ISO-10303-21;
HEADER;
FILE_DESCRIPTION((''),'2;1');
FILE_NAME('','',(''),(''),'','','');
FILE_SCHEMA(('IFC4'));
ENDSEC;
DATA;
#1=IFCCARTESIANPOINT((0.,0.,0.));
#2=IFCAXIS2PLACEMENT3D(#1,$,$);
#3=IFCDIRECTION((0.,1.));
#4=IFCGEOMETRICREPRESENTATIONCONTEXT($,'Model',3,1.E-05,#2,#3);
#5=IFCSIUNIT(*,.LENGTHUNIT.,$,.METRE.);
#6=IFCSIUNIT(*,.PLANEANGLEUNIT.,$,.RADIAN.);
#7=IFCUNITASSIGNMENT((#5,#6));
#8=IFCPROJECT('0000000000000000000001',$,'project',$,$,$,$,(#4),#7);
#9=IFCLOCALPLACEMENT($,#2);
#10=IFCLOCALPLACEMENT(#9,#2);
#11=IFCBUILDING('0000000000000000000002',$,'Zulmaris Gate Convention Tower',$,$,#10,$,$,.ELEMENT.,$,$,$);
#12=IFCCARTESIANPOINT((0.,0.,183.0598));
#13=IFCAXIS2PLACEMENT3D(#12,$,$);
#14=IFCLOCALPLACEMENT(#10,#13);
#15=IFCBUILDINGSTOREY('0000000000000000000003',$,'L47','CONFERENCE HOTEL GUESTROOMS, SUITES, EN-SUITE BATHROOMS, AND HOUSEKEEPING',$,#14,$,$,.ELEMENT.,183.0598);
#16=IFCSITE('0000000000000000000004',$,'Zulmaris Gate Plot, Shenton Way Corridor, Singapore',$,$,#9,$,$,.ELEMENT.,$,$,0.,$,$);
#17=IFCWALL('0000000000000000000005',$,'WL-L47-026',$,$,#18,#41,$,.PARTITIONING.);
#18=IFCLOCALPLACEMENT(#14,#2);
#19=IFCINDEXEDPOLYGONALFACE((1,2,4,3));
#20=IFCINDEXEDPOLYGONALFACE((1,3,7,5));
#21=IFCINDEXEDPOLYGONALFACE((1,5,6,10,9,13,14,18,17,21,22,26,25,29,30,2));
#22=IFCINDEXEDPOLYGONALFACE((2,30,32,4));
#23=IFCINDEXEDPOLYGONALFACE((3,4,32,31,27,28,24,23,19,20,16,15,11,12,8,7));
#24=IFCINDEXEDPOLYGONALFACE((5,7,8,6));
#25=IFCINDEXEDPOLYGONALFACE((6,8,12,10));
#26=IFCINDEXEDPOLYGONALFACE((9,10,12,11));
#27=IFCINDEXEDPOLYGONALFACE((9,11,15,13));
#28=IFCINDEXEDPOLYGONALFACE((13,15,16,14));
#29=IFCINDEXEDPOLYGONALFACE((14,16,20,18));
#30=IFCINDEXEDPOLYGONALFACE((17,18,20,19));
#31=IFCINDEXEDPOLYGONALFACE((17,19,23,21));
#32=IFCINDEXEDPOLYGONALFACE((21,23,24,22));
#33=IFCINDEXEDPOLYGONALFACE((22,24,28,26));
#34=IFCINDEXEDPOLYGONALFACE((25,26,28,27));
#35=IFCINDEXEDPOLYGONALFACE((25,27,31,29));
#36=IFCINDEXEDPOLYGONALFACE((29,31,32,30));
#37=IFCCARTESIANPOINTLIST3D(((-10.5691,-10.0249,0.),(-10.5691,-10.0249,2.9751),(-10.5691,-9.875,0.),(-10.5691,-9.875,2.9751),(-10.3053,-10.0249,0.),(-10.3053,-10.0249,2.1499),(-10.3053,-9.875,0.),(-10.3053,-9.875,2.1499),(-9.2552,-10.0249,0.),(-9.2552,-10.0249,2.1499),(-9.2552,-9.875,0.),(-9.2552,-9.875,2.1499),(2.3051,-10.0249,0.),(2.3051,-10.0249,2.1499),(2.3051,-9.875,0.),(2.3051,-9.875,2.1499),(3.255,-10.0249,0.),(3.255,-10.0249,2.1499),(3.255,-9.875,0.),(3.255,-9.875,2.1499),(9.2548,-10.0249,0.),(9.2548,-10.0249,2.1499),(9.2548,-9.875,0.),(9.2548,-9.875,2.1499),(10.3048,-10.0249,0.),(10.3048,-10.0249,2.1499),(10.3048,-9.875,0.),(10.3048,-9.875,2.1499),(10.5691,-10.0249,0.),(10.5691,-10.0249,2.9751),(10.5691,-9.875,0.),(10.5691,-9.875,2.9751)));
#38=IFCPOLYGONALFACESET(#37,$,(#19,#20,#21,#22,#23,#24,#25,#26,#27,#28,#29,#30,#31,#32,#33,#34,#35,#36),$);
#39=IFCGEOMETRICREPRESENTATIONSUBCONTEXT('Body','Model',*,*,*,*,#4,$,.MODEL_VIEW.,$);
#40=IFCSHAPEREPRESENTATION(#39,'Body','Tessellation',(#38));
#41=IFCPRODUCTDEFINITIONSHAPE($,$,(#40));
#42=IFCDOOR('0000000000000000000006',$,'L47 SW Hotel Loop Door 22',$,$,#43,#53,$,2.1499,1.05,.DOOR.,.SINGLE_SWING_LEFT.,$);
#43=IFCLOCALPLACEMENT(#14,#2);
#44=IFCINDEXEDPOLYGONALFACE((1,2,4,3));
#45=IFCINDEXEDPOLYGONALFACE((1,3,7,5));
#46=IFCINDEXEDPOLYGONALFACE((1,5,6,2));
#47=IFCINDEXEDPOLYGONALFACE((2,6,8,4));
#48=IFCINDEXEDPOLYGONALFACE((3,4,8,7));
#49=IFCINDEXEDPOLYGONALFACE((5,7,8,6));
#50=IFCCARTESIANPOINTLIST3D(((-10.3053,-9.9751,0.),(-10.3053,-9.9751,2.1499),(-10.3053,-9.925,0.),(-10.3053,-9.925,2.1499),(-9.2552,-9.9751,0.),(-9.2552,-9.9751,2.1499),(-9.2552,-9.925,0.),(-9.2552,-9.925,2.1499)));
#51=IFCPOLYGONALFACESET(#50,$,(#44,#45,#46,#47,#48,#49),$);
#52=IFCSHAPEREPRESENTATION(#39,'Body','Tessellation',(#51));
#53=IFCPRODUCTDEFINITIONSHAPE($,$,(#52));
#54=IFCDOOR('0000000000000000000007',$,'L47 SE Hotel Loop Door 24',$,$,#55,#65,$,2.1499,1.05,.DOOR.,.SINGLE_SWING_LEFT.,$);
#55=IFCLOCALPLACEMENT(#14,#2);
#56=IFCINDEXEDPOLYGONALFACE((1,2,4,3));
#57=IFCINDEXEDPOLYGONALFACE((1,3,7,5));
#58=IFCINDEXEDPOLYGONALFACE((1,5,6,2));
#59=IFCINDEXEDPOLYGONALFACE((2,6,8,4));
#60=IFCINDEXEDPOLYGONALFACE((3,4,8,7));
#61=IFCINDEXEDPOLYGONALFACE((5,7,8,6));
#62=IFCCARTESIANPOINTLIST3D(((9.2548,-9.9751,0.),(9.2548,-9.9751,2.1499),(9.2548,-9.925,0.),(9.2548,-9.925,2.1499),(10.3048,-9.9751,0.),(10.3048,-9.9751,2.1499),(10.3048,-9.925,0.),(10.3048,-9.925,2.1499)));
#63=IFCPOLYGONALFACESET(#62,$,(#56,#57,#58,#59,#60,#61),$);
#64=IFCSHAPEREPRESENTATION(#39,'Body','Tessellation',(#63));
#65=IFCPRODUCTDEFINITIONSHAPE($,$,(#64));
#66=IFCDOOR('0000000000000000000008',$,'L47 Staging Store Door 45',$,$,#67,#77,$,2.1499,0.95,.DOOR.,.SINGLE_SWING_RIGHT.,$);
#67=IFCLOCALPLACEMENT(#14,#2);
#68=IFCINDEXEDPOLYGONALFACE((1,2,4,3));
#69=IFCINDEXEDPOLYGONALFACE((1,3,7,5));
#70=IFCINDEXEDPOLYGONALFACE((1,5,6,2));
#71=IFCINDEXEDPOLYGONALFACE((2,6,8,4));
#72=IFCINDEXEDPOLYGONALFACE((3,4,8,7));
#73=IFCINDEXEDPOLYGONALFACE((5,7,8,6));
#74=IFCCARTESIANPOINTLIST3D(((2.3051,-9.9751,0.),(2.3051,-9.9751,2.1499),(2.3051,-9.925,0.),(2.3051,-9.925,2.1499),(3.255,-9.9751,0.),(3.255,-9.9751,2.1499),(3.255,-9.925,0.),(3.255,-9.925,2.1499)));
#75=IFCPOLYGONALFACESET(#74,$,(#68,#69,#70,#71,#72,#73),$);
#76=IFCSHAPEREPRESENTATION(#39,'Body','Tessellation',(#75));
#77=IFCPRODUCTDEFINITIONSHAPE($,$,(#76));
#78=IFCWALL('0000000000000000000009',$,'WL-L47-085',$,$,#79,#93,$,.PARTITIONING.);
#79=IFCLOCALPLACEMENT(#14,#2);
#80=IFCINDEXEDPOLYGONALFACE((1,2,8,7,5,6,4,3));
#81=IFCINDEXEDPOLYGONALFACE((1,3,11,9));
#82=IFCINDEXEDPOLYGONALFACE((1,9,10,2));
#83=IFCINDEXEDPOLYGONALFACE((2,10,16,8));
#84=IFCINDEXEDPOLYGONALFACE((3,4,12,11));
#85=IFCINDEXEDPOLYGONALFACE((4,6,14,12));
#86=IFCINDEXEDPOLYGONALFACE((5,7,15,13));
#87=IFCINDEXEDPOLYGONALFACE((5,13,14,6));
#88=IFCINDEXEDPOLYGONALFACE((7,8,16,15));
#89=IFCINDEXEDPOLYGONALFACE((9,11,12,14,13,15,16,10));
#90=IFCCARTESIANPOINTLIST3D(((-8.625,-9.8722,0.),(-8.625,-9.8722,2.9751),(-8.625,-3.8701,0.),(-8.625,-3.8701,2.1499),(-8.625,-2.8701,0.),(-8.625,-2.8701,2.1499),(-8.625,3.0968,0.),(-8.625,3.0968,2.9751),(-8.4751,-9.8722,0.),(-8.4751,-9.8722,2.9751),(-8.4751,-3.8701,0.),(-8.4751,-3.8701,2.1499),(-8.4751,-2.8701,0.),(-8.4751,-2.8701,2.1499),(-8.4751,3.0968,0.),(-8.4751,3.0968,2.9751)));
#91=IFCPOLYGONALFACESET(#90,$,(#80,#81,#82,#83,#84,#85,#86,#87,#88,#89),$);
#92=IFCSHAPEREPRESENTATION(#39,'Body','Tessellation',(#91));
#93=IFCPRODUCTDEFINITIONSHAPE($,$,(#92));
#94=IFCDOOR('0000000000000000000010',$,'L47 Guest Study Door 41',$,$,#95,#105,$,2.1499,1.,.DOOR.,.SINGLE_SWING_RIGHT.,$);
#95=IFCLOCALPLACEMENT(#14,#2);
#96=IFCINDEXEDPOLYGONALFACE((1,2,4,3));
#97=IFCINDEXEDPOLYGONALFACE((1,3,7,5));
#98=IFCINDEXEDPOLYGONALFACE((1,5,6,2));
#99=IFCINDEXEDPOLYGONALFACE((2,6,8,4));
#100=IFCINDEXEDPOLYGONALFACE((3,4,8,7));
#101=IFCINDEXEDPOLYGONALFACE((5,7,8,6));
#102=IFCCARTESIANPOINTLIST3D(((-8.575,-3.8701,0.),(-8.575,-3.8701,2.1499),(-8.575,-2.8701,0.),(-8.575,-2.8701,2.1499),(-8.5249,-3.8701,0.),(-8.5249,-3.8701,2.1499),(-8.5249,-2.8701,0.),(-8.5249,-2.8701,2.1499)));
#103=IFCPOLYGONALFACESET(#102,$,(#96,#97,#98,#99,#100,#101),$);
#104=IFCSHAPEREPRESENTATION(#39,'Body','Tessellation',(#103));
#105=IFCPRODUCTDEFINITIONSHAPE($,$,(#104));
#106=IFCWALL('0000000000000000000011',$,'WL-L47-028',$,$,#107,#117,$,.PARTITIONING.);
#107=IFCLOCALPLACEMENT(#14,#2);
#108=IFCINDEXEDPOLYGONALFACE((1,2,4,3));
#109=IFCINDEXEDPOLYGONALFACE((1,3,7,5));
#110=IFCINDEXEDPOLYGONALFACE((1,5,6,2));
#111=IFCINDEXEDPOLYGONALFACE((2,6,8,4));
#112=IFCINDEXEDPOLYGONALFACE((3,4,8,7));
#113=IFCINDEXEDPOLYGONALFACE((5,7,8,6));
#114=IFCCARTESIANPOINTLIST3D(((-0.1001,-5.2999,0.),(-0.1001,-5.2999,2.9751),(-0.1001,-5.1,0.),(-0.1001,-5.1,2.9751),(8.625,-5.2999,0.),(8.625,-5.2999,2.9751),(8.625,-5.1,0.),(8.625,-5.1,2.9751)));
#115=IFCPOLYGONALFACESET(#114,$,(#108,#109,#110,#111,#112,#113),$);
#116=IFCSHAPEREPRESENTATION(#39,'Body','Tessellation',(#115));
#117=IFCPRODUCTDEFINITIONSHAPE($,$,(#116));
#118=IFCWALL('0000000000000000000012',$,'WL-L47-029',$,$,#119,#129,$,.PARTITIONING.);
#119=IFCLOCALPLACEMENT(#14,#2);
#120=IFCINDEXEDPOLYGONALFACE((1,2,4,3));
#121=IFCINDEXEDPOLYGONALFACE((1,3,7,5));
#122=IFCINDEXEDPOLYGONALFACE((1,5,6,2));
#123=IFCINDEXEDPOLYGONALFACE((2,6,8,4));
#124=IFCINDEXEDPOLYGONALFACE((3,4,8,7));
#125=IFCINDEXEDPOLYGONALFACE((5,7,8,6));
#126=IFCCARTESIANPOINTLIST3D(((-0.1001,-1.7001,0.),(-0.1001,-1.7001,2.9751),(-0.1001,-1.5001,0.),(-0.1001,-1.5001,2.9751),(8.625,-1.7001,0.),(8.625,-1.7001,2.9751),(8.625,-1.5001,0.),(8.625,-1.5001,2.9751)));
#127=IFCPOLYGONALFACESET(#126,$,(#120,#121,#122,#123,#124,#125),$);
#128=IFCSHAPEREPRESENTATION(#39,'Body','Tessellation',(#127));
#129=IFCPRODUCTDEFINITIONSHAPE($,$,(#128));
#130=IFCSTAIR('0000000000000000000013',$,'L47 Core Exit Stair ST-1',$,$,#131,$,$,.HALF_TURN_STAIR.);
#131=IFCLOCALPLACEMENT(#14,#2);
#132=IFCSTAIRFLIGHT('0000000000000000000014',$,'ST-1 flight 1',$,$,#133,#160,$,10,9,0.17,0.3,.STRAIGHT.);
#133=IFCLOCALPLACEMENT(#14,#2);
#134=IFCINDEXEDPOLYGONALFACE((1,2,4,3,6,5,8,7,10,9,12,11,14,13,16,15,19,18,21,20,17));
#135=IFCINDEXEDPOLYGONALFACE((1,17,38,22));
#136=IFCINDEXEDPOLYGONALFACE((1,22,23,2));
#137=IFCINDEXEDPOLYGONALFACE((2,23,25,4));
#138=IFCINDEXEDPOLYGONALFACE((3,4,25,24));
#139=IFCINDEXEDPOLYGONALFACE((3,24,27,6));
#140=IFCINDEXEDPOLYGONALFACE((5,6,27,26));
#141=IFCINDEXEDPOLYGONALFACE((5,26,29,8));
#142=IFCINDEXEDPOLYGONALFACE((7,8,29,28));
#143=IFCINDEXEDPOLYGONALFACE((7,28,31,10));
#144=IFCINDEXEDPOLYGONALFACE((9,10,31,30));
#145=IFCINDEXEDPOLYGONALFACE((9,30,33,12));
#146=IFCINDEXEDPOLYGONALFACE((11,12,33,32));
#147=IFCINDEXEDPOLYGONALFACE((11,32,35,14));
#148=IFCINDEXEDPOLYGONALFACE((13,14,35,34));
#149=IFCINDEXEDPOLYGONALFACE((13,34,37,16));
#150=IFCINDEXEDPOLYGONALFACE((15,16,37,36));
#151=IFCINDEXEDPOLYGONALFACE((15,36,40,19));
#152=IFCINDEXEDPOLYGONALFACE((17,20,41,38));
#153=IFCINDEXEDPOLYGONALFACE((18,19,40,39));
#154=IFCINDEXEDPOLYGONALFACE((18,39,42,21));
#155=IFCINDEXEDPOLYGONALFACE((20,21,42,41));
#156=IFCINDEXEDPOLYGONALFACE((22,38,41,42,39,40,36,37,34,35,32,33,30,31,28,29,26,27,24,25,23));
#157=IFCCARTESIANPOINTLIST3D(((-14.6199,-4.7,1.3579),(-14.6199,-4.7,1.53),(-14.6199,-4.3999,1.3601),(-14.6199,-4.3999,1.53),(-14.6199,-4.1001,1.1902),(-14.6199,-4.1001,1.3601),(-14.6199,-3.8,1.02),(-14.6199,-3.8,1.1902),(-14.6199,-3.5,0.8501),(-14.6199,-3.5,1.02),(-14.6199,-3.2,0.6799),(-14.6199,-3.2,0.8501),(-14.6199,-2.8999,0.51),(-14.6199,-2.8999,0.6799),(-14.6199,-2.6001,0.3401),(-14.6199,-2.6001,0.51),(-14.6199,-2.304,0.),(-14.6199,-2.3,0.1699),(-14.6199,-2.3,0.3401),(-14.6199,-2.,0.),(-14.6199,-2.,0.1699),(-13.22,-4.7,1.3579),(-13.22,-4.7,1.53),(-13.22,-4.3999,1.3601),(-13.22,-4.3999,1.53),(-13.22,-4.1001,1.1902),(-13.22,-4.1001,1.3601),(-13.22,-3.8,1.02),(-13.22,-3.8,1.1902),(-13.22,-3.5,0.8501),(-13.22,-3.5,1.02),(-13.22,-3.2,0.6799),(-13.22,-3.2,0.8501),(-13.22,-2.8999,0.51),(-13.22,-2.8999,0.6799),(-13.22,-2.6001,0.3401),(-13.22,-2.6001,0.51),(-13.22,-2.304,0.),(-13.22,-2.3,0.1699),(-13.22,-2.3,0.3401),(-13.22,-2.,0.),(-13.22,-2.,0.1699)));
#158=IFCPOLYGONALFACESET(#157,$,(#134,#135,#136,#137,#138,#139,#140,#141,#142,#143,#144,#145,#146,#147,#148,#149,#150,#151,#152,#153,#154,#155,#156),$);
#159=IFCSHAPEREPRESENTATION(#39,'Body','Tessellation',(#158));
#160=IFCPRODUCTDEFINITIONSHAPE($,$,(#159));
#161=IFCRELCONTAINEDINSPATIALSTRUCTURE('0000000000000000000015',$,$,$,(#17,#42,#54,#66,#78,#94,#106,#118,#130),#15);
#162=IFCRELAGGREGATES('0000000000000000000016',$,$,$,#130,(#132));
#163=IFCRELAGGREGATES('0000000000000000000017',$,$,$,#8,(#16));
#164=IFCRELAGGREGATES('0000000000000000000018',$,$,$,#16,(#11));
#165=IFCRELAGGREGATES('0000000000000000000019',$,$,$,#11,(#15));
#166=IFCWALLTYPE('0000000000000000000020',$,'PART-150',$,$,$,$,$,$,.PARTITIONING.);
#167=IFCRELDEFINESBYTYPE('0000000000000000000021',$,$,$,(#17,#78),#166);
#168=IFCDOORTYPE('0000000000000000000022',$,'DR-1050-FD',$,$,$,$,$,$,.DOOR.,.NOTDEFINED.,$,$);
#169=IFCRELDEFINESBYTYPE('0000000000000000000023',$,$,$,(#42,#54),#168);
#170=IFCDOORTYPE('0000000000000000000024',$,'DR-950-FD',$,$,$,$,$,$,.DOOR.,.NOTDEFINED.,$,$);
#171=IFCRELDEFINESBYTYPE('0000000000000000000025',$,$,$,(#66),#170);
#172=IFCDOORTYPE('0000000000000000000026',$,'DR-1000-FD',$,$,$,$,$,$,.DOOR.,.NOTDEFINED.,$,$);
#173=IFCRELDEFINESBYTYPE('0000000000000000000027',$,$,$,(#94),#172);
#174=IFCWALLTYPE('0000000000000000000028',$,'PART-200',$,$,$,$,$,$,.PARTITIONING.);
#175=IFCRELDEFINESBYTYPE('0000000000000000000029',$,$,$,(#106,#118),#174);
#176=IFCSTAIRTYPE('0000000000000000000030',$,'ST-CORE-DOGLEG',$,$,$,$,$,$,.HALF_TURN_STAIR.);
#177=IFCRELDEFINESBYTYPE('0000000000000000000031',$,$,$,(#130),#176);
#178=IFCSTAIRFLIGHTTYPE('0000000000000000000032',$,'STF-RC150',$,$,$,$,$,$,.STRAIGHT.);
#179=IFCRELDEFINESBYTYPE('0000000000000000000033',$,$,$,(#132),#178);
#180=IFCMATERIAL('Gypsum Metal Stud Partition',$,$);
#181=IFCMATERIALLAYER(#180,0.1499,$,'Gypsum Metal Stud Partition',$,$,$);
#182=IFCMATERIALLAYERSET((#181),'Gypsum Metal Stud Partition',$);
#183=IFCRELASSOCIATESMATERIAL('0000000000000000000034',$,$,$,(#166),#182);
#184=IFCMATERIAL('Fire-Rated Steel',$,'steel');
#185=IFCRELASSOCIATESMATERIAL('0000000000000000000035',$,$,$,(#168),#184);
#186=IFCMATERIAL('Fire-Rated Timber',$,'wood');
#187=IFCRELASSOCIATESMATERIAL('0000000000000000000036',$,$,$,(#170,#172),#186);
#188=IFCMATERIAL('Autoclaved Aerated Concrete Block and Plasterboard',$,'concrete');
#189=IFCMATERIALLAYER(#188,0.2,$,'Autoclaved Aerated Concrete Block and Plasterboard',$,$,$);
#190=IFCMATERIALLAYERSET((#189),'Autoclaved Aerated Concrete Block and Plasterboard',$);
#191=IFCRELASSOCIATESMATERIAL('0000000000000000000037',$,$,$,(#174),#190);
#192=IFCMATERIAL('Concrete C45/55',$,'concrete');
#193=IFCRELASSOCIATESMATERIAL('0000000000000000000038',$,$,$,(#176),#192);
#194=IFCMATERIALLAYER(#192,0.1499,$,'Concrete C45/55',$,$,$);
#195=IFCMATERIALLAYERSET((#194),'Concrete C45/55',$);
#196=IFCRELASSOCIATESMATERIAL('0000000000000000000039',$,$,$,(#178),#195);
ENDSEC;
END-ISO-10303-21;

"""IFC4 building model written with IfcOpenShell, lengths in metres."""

from ifc_helpers import new_model, si_unit, direction, frame, frame_2d, origin, place, context, subcontext, project, spatial, polyline, rectangle, outline, extrude, material, layer, layer_set, type_object, element, fill, aggregate, save


model = new_model("IFC4")

# Units and contexts
model_context = context("Model", 3, precision=1e-05, world=origin(), true_north=direction((0.0, 1.0)))
body_context = subcontext(model_context, "Body", "Model", "MODEL_VIEW")
ifc_project = project(units=[si_unit("LENGTHUNIT", "METRE"), si_unit("PLANEANGLEUNIT", "RADIAN")], contexts=[model_context])

# Site, building, storey
site_placement = place(None, origin())
site = spatial("IfcSite", under=ifc_project, at=site_placement, Name="Zulmaris Gate Plot, Shenton Way Corridor, Singapore", CompositionType="ELEMENT", RefElevation=0.0)
building_placement = place(site_placement, origin())
building = spatial("IfcBuilding", under=site, at=building_placement, Name="Zulmaris Gate Convention Tower", CompositionType="ELEMENT")
storey_placement = place(building_placement, frame((0.0, 0.0, 183.0598)))
storey = spatial("IfcBuildingStorey", under=building, at=storey_placement, Name="L47", Description="CONFERENCE HOTEL GUESTROOMS, SUITES, EN-SUITE BATHROOMS, AND HOUSEKEEPING", CompositionType="ELEMENT", Elevation=183.0598)

# Wall, openings, doors
ifc_material_1 = material(Name="Gypsum Metal Stud Partition")
ifc_layer_1 = layer(ifc_material_1, 0.1499, Name="Gypsum Metal Stud Partition")
ifc_layer_set_1 = layer_set([ifc_layer_1], Name="Gypsum Metal Stud Partition")
wall_type_1 = type_object("IfcWallType", Name="PART-150", PredefinedType="PARTITIONING", material=ifc_layer_set_1)
wall_1_placement = place(storey_placement, frame((-10.5691, -9.95, 0.0), z_axis=(0.0, 0.0, 1.0), x_axis=(1.0, 0.0, 0.0)))
wall_1 = element("IfcWall", 1, at=wall_1_placement, inside=storey, type_object=wall_type_1, Name="WL-L47-026", PredefinedType="PARTITIONING", context=body_context, shape_type="SweptSolid", body=[
    extrude(rectangle(XDim=21.1382, YDim=0.1499, at=frame_2d((10.5691, 0.0))), origin(), (0.0, 0.0, 1.0), 2.9751),
])
opening_1_placement = place(wall_1_placement, frame((0.2639, 0.0, 0.0)))
opening_1 = element("IfcOpeningElement", 2, at=opening_1_placement, cuts=wall_1, PredefinedType="OPENING", context=body_context, shape_type="SweptSolid", body=[
    extrude(rectangle(XDim=1.05, YDim=2.1499, at=frame_2d((0.5249, 1.075))), frame((0.0, 0.085, 0.0), z_axis=(0.0, -1.0, 0.0), x_axis=(1.0, 0.0, 0.0)), (0.0, 0.0, 1.0), 0.1699),
])
opening_2_placement = place(wall_1_placement, frame((19.824, 0.0, 0.0)))
opening_2 = element("IfcOpeningElement", 3, at=opening_2_placement, cuts=wall_1, PredefinedType="OPENING", context=body_context, shape_type="SweptSolid", body=[
    extrude(rectangle(XDim=1.05, YDim=2.1499, at=frame_2d((0.5249, 1.075))), frame((0.0, 0.085, 0.0), z_axis=(0.0, -1.0, 0.0), x_axis=(1.0, 0.0, 0.0)), (0.0, 0.0, 1.0), 0.1699),
])
opening_3_placement = place(wall_1_placement, frame((12.874, 0.0, 0.0)))
opening_3 = element("IfcOpeningElement", 4, at=opening_3_placement, cuts=wall_1, PredefinedType="OPENING", context=body_context, shape_type="SweptSolid", body=[
    extrude(rectangle(XDim=0.95, YDim=2.1499, at=frame_2d((0.4751, 1.075))), frame((0.0, 0.085, 0.0), z_axis=(0.0, -1.0, 0.0), x_axis=(1.0, 0.0, 0.0)), (0.0, 0.0, 1.0), 0.1699),
])
ifc_material_2 = material(Name="Fire-Rated Steel", Category="steel")
door_type_1 = type_object("IfcDoorType", Name="DR-1050-FD", OperationType="NOTDEFINED", PredefinedType="DOOR", material=ifc_material_2)
door_1_placement = place(opening_1_placement, origin())
door_1 = element("IfcDoor", 5, at=door_1_placement, inside=storey, type_object=door_type_1, Name="L47 SW Hotel Loop Door 22", OperationType="SINGLE_SWING_LEFT", OverallHeight=2.1499, OverallWidth=1.05, PredefinedType="DOOR", context=body_context, shape_type="SweptSolid", body=[
    extrude(rectangle(XDim=1.05, YDim=2.1499, at=frame_2d((0.5249, 1.075))), frame((0.0, 0.0249, 0.0), z_axis=(0.0, -1.0, 0.0), x_axis=(1.0, 0.0, 0.0)), (0.0, 0.0, 1.0), 0.05),
])
fill(opening_1, door_1)
door_2_placement = place(opening_2_placement, origin())
door_2 = element("IfcDoor", 6, at=door_2_placement, inside=storey, type_object=door_type_1, Name="L47 SE Hotel Loop Door 24", OperationType="SINGLE_SWING_LEFT", OverallHeight=2.1499, OverallWidth=1.05, PredefinedType="DOOR", context=body_context, shape_type="SweptSolid", body=[
    extrude(rectangle(XDim=1.05, YDim=2.1499, at=frame_2d((0.5249, 1.075))), frame((0.0, 0.0249, 0.0), z_axis=(0.0, -1.0, 0.0), x_axis=(1.0, 0.0, 0.0)), (0.0, 0.0, 1.0), 0.05),
])
fill(opening_2, door_2)
ifc_material_3 = material(Name="Fire-Rated Timber", Category="wood")
door_type_2 = type_object("IfcDoorType", Name="DR-950-FD", OperationType="NOTDEFINED", PredefinedType="DOOR", material=ifc_material_3)
door_3_placement = place(opening_3_placement, origin())
door_3 = element("IfcDoor", 7, at=door_3_placement, inside=storey, type_object=door_type_2, Name="L47 Staging Store Door 45", OperationType="SINGLE_SWING_RIGHT", OverallHeight=2.1499, OverallWidth=0.95, PredefinedType="DOOR", context=body_context, shape_type="SweptSolid", body=[
    extrude(rectangle(XDim=0.95, YDim=2.1499, at=frame_2d((0.4751, 1.075))), frame((0.0, 0.0249, 0.0), z_axis=(0.0, -1.0, 0.0), x_axis=(1.0, 0.0, 0.0)), (0.0, 0.0, 1.0), 0.05),
])
fill(opening_3, door_3)

# Wall, opening, door
wall_2_placement = place(storey_placement, frame((-8.55, -9.8721, 0.0), z_axis=(0.0, 0.0, 1.0), x_axis=(0.0, 1.0, 0.0)))
wall_2 = element("IfcWall", 8, at=wall_2_placement, inside=storey, type_object=wall_type_1, Name="WL-L47-085", PredefinedType="PARTITIONING", context=body_context, shape_type="SweptSolid", body=[
    extrude(rectangle(XDim=12.969, YDim=0.1499, at=frame_2d((6.4844, 0.0))), origin(), (0.0, 0.0, 1.0), 2.9751),
])
opening_4_placement = place(wall_2_placement, frame((6.002, 0.0, 0.0)))
opening_4 = element("IfcOpeningElement", 9, at=opening_4_placement, cuts=wall_2, PredefinedType="OPENING", context=body_context, shape_type="SweptSolid", body=[
    extrude(rectangle(XDim=1.0, YDim=2.1499, at=frame_2d((0.5, 1.075))), frame((0.0, 0.085, 0.0), z_axis=(0.0, -1.0, 0.0), x_axis=(1.0, 0.0, 0.0)), (0.0, 0.0, 1.0), 0.1699),
])
door_type_3 = type_object("IfcDoorType", Name="DR-1000-FD", OperationType="NOTDEFINED", PredefinedType="DOOR", material=ifc_material_3)
door_4_placement = place(opening_4_placement, origin())
door_4 = element("IfcDoor", 10, at=door_4_placement, inside=storey, type_object=door_type_3, Name="L47 Guest Study Door 41", OperationType="SINGLE_SWING_RIGHT", OverallHeight=2.1499, OverallWidth=1.0, PredefinedType="DOOR", context=body_context, shape_type="SweptSolid", body=[
    extrude(rectangle(XDim=1.0, YDim=2.1499, at=frame_2d((0.5, 1.075))), frame((0.0, 0.0249, 0.0), z_axis=(0.0, -1.0, 0.0), x_axis=(1.0, 0.0, 0.0)), (0.0, 0.0, 1.0), 0.05),
])
fill(opening_4, door_4)

# Walls
ifc_material_4 = material(Name="Autoclaved Aerated Concrete Block and Plasterboard", Category="concrete")
ifc_layer_2 = layer(ifc_material_4, 0.2, Name="Autoclaved Aerated Concrete Block and Plasterboard")
ifc_layer_set_2 = layer_set([ifc_layer_2], Name="Autoclaved Aerated Concrete Block and Plasterboard")
wall_type_2 = type_object("IfcWallType", Name="PART-200", PredefinedType="PARTITIONING", material=ifc_layer_set_2)
for number, where, z_axis, x_axis, name in (
    (11, (-0.1001, -5.2, 0.0), (0.0, 0.0, 1.0), (1.0, 0.0, 0.0), "WL-L47-028"),
    (12, (-0.1001, -1.6001, 0.0), (0.0, 0.0, 1.0), (1.0, 0.0, 0.0), "WL-L47-029"),
):
    element("IfcWall", number, at=place(storey_placement, frame(where, z_axis=z_axis, x_axis=x_axis)), inside=storey, type_object=wall_type_2, Name=name, PredefinedType="PARTITIONING", context=body_context, shape_type="SweptSolid", body=[
        extrude(rectangle(XDim=8.7251, YDim=0.2, at=frame_2d((4.3625, 0.0))), origin(), (0.0, 0.0, 1.0), 2.9751),
    ])

# Stair, stair flight
ifc_material_5 = material(Name="Concrete C45/55", Category="concrete")
stair_type = type_object("IfcStairType", Name="ST-CORE-DOGLEG", PredefinedType="HALF_TURN_STAIR", material=ifc_material_5)
stair_placement = place(storey_placement, origin())
stair = element("IfcStair", 13, at=stair_placement, inside=storey, type_object=stair_type, Name="L47 Core Exit Stair ST-1", PredefinedType="HALF_TURN_STAIR")
ifc_layer_3 = layer(ifc_material_5, 0.1499, Name="Concrete C45/55")
ifc_layer_set_3 = layer_set([ifc_layer_3], Name="Concrete C45/55")
stair_flight_type = type_object("IfcStairFlightType", Name="STF-RC150", PredefinedType="STRAIGHT", material=ifc_layer_set_3)
stair_flight_1_placement = place(storey_placement, frame((-13.9199, -2.0, 0.0), z_axis=(0.0, 0.0, 1.0), x_axis=(0.0, -1.0, 0.0)))
stair_flight_1 = element("IfcStairFlight", 14, at=stair_flight_1_placement, type_object=stair_flight_type, Name="ST-1 flight 1", NumberOfRisers=10, NumberOfTreads=9, PredefinedType="STRAIGHT", RiserHeight=0.17, TreadLength=0.3, context=body_context, shape_type="SweptSolid", body=[
    extrude(outline(polyline([(0.0, 0.0), (0.0, 0.1699), (0.3, 0.1699), (0.3, 0.3401), (0.6001, 0.3401), (0.6001, 0.51), (0.8999, 0.51), (0.8999, 0.6799), (1.2, 0.6799), (1.2, 0.8501), (1.5, 0.8501), (1.5, 1.02), (1.8, 1.02), (1.8, 1.1902), (2.1001, 1.1902), (2.1001, 1.3601), (2.3999, 1.3601), (2.3999, 1.53), (2.7, 1.53), (2.7, 1.7002), (2.7, 1.3579), (0.304, 0.0), (0.0, 0.0)])), frame((0.0, 0.7, 0.0), z_axis=(0.0, -1.0, 0.0), x_axis=(1.0, 0.0, 0.0)), (0.0, 0.0, 1.0), 1.3999),
])
aggregate(stair, [stair_flight_1])

save(model, "model.ifc")
